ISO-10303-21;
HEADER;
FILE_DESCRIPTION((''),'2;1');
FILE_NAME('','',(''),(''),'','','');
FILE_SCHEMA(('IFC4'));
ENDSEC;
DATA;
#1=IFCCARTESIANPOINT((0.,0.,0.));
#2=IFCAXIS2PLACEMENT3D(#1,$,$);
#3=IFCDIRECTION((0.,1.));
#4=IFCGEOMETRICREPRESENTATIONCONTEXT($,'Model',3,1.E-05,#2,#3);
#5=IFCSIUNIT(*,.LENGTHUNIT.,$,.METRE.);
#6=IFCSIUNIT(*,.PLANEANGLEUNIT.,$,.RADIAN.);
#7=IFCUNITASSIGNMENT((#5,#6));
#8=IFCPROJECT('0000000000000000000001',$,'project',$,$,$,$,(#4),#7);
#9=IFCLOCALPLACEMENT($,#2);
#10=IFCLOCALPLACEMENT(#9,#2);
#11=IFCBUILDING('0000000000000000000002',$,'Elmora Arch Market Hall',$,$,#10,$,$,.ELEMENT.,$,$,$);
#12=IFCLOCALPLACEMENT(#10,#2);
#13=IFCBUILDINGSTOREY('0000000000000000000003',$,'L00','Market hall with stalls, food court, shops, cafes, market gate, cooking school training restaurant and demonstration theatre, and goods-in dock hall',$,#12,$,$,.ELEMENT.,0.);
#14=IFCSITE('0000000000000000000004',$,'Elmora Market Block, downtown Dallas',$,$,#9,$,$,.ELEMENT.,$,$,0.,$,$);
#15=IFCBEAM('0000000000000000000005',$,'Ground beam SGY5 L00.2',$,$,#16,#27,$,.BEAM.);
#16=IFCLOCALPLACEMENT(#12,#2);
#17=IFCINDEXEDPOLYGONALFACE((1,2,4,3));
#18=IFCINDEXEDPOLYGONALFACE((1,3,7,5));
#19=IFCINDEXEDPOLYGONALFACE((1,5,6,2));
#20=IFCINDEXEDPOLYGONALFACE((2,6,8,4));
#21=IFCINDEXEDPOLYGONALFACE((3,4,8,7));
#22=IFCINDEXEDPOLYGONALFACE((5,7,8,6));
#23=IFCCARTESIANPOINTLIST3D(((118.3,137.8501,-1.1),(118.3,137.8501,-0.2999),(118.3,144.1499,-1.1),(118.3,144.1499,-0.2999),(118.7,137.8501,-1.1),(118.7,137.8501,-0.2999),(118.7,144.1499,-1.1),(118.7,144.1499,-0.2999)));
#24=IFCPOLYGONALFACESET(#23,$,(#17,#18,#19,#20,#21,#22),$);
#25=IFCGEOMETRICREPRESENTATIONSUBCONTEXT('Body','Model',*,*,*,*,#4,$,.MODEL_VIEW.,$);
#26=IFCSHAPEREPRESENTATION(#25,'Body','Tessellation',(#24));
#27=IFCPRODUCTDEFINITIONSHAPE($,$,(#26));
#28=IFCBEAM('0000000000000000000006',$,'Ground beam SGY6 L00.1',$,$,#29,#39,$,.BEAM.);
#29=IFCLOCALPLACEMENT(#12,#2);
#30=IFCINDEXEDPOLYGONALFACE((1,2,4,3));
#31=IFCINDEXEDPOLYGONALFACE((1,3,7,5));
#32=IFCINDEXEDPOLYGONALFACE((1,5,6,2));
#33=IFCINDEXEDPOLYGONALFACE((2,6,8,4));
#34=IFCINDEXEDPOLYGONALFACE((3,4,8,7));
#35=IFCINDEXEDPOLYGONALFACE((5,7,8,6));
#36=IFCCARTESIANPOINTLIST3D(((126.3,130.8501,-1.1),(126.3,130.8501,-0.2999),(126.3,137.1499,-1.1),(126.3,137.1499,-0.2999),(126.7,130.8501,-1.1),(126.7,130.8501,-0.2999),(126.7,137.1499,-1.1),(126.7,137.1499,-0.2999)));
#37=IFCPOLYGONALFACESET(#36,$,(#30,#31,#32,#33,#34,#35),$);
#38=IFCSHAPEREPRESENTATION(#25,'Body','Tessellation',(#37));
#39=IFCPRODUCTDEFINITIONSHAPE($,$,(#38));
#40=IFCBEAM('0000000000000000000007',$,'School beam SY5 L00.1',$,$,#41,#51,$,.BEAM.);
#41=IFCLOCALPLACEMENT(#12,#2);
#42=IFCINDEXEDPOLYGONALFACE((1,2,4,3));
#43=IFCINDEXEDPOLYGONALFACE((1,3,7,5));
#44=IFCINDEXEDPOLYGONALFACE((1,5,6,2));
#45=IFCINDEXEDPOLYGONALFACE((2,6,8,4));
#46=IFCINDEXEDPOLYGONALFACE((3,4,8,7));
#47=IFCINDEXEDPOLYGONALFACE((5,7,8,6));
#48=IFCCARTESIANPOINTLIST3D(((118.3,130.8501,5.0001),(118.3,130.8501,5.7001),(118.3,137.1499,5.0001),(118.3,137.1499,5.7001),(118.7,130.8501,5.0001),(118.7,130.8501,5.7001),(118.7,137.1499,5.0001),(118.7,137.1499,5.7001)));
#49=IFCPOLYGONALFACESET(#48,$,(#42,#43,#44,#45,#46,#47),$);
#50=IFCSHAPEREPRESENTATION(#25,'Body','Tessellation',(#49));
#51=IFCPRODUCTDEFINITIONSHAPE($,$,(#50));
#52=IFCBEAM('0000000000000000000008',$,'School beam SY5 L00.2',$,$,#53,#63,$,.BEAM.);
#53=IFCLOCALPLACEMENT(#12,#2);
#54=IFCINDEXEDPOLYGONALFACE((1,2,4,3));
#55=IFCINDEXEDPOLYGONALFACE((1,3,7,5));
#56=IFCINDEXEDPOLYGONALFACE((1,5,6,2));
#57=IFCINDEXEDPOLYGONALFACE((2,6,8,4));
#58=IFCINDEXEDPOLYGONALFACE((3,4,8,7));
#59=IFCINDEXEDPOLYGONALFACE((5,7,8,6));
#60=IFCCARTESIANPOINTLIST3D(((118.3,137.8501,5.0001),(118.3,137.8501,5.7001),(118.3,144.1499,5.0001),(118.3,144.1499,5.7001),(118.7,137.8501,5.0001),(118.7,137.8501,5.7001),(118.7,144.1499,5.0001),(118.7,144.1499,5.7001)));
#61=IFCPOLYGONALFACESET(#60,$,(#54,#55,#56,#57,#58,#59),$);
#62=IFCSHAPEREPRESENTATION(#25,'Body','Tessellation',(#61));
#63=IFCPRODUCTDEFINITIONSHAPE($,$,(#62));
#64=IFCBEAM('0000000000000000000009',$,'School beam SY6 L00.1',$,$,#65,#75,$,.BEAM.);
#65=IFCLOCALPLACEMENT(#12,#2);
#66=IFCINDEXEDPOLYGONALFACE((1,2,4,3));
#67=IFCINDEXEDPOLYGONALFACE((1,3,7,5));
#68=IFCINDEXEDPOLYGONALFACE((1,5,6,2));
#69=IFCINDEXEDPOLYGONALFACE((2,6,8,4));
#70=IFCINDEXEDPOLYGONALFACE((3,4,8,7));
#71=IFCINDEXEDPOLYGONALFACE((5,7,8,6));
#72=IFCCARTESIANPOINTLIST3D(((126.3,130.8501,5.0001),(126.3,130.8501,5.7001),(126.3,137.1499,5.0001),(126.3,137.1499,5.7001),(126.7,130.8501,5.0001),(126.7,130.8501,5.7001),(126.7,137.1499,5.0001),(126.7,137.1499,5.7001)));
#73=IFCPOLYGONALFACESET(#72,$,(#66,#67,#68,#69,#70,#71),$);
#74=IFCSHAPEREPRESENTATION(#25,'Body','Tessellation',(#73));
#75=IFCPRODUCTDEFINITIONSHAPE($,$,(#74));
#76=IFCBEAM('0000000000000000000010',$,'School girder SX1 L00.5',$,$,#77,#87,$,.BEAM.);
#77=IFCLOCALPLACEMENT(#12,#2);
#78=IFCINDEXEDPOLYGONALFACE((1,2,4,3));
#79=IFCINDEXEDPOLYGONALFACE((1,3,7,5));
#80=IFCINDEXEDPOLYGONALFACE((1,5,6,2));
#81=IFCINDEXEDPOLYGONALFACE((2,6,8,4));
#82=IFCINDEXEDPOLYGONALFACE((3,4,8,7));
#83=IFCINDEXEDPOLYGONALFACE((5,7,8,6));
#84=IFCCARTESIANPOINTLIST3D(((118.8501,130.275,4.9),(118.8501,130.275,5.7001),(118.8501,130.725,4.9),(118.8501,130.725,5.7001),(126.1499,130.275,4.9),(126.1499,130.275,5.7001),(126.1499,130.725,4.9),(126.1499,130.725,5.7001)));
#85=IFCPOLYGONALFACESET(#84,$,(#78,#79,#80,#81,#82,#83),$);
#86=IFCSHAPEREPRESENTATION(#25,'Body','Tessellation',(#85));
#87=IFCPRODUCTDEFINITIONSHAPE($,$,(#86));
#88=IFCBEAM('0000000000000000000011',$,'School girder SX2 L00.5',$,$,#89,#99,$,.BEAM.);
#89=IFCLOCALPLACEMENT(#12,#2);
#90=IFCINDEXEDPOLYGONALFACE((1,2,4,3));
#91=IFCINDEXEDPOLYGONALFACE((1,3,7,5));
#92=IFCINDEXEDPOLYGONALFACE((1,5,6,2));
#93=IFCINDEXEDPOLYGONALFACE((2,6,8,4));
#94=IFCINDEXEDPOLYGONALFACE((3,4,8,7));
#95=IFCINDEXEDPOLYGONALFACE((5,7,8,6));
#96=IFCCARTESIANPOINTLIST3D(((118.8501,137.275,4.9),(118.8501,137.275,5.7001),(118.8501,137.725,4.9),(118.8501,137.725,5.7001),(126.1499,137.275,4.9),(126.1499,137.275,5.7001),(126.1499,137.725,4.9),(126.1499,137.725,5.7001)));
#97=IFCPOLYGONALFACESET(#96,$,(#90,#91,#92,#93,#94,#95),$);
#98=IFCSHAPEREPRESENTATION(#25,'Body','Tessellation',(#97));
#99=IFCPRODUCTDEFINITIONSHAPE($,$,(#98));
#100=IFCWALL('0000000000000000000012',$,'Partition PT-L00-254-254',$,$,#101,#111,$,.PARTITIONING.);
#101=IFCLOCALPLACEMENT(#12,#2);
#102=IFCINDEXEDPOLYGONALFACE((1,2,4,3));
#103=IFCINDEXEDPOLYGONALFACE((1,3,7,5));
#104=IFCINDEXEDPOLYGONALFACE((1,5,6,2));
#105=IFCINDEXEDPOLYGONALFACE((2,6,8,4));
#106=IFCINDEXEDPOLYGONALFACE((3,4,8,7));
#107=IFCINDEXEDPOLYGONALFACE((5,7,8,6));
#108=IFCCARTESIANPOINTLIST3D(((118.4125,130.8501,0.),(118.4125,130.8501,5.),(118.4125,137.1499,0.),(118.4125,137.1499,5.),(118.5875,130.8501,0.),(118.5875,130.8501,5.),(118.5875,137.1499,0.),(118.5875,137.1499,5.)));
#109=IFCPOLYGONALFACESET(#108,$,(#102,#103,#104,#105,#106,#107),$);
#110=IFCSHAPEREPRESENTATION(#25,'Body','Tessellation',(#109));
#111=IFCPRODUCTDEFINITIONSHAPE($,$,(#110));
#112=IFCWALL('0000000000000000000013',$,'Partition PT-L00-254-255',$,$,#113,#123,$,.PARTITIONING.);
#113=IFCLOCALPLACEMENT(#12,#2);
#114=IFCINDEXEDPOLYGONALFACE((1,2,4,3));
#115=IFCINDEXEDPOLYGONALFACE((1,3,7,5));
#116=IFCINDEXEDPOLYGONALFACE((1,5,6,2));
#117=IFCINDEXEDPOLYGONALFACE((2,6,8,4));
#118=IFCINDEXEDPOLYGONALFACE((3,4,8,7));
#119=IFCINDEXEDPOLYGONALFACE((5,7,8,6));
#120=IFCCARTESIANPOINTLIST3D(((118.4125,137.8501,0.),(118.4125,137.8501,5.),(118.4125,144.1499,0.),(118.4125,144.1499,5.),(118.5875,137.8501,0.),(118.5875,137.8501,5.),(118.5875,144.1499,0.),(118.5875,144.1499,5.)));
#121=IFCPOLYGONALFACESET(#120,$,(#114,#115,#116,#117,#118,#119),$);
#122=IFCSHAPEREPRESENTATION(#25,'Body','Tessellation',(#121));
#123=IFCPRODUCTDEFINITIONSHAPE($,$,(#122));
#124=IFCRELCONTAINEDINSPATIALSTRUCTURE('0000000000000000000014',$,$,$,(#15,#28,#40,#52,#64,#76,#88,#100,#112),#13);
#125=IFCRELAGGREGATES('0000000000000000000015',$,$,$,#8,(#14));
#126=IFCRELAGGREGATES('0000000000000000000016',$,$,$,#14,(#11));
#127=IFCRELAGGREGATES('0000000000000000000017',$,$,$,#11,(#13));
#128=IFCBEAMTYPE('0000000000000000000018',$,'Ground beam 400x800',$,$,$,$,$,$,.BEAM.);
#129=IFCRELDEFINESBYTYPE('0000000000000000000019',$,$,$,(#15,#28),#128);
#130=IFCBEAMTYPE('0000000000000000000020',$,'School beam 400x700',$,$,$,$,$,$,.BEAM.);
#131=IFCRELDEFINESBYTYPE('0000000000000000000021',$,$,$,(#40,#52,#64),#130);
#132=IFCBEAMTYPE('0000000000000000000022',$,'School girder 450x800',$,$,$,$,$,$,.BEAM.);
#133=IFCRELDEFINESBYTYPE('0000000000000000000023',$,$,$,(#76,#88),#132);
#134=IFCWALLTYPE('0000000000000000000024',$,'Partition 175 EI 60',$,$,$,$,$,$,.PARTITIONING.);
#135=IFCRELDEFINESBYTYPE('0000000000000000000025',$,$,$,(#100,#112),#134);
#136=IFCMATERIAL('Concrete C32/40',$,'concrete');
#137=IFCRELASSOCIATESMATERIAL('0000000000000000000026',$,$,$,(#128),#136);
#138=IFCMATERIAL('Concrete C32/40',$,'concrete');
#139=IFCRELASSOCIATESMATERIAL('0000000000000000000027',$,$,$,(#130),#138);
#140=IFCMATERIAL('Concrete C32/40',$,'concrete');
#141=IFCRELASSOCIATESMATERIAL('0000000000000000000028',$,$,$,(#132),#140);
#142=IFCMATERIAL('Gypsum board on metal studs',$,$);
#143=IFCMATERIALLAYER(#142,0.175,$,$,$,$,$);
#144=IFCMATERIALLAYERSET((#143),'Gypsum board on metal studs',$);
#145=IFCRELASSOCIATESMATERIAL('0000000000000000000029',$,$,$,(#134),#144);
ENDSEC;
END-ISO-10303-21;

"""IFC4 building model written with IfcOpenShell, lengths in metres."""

from ifc_helpers import new_model, si_unit, direction, frame, frame_2d, origin, origin_2d, place, context, subcontext, project, spatial, rectangle, extrude, material, layer, layer_set, material_profile, profile_set, type_object, element, save


model = new_model("IFC4")

# Units and contexts
model_context = context("Model", 3, precision=1e-05, world=origin(), true_north=direction((0.0, 1.0)))
body_context = subcontext(model_context, "Body", "Model", "MODEL_VIEW")
ifc_project = project(units=[si_unit("LENGTHUNIT", "METRE"), si_unit("PLANEANGLEUNIT", "RADIAN")], contexts=[model_context])

# Site, building, storey
site_placement = place(None, origin())
site = spatial("IfcSite", under=ifc_project, at=site_placement, Name="Elmora Market Block, downtown Dallas", CompositionType="ELEMENT", RefElevation=0.0)
building_placement = place(site_placement, origin())
building = spatial("IfcBuilding", under=site, at=building_placement, Name="Elmora Arch Market Hall", CompositionType="ELEMENT")
storey_placement = place(building_placement, origin())
storey = spatial("IfcBuildingStorey", under=building, at=storey_placement, Name="L00", Description="Market hall with stalls, food court, shops, cafes, market gate, cooking school training restaurant and demonstration theatre, and goods-in dock hall", CompositionType="ELEMENT", Elevation=0.0)

# Beams
ifc_material_1 = material(Name="Concrete C32/40", Category="concrete")
ifc_material_profile_1 = material_profile(ifc_material_1, rectangle(XDim=0.3999, YDim=0.8, at=origin_2d()), Name="Ground beam 400x800")
ifc_profile_set_1 = profile_set([ifc_material_profile_1], Name="Concrete C32/40")
beam_type_1 = type_object("IfcBeamType", Name="Ground beam 400x800", PredefinedType="BEAM", material=ifc_profile_set_1)
for number, where, z_axis, x_axis, name in (
    (1, (118.5, 137.8501, -0.7), (0.0, 1.0, 0.0), (-1.0, 0.0, 0.0), "Ground beam SGY5 L00.2"),
    (2, (126.5, 130.8501, -0.7), (0.0, 1.0, 0.0), (-1.0, 0.0, 0.0), "Ground beam SGY6 L00.1"),
):
    element("IfcBeam", number, at=place(storey_placement, frame(where, z_axis=z_axis, x_axis=x_axis)), inside=storey, type_object=beam_type_1, Name=name, PredefinedType="BEAM", context=body_context, shape_type="SweptSolid", body=[
        extrude(rectangle(XDim=0.3999, YDim=0.8, at=origin_2d()), origin(), (0.0, 0.0, 1.0), 6.2998),
    ])
ifc_material_2 = material(Name="Concrete C32/40", Category="concrete")
ifc_material_profile_2 = material_profile(ifc_material_2, rectangle(XDim=0.3999, YDim=0.7, at=origin_2d()), Name="School beam 400x700")
ifc_profile_set_2 = profile_set([ifc_material_profile_2], Name="Concrete C32/40")
beam_type_2 = type_object("IfcBeamType", Name="School beam 400x700", PredefinedType="BEAM", material=ifc_profile_set_2)
for number, where, z_axis, x_axis, name in (
    (3, (118.5, 130.8501, 5.3501), (0.0, 1.0, 0.0), (-1.0, 0.0, 0.0), "School beam SY5 L00.1"),
    (4, (118.5, 137.8501, 5.3501), (0.0, 1.0, 0.0), (-1.0, 0.0, 0.0), "School beam SY5 L00.2"),
    (5, (126.5, 130.8501, 5.3501), (0.0, 1.0, 0.0), (-1.0, 0.0, 0.0), "School beam SY6 L00.1"),
):
    element("IfcBeam", number, at=place(storey_placement, frame(where, z_axis=z_axis, x_axis=x_axis)), inside=storey, type_object=beam_type_2, Name=name, PredefinedType="BEAM", context=body_context, shape_type="SweptSolid", body=[
        extrude(rectangle(XDim=0.3999, YDim=0.7, at=origin_2d()), origin(), (0.0, 0.0, 1.0), 6.2998),
    ])
ifc_material_3 = material(Name="Concrete C32/40", Category="concrete")
ifc_material_profile_3 = material_profile(ifc_material_3, rectangle(XDim=0.45, YDim=0.8, at=origin_2d()), Name="School girder 450x800")
ifc_profile_set_3 = profile_set([ifc_material_profile_3], Name="Concrete C32/40")
beam_type_3 = type_object("IfcBeamType", Name="School girder 450x800", PredefinedType="BEAM", material=ifc_profile_set_3)
for number, where, z_axis, x_axis, name in (
    (6, (118.8501, 130.5, 5.3), (1.0, 0.0, 0.0), (0.0, 1.0, 0.0), "School girder SX1 L00.5"),
    (7, (118.8501, 137.5, 5.3), (1.0, 0.0, 0.0), (0.0, 1.0, 0.0), "School girder SX2 L00.5"),
):
    element("IfcBeam", number, at=place(storey_placement, frame(where, z_axis=z_axis, x_axis=x_axis)), inside=storey, type_object=beam_type_3, Name=name, PredefinedType="BEAM", context=body_context, shape_type="SweptSolid", body=[
        extrude(rectangle(XDim=0.45, YDim=0.8, at=origin_2d()), origin(), (0.0, 0.0, 1.0), 7.2998),
    ])

# Walls
ifc_material_4 = material(Name="Gypsum board on metal studs")
ifc_layer = layer(ifc_material_4, 0.175)
ifc_layer_set = layer_set([ifc_layer], Name="Gypsum board on metal studs")
wall_type = type_object("IfcWallType", Name="Partition 175 EI 60", PredefinedType="PARTITIONING", material=ifc_layer_set)
for number, where, z_axis, x_axis, name in (
    (8, (118.5, 130.8501, 0.0), (0.0, 0.0, 1.0), (0.0, 1.0, 0.0), "Partition PT-L00-254-254"),
    (9, (118.5, 137.8501, 0.0), (0.0, 0.0, 1.0), (0.0, 1.0, 0.0), "Partition PT-L00-254-255"),
):
    element("IfcWall", number, at=place(storey_placement, frame(where, z_axis=z_axis, x_axis=x_axis)), inside=storey, type_object=wall_type, Name=name, PredefinedType="PARTITIONING", context=body_context, shape_type="SweptSolid", body=[
        extrude(rectangle(XDim=6.2998, YDim=0.175, at=frame_2d((3.1499, 0.0))), origin(), (0.0, 0.0, 1.0), 5.0),
    ])

save(model, "model.ifc")
